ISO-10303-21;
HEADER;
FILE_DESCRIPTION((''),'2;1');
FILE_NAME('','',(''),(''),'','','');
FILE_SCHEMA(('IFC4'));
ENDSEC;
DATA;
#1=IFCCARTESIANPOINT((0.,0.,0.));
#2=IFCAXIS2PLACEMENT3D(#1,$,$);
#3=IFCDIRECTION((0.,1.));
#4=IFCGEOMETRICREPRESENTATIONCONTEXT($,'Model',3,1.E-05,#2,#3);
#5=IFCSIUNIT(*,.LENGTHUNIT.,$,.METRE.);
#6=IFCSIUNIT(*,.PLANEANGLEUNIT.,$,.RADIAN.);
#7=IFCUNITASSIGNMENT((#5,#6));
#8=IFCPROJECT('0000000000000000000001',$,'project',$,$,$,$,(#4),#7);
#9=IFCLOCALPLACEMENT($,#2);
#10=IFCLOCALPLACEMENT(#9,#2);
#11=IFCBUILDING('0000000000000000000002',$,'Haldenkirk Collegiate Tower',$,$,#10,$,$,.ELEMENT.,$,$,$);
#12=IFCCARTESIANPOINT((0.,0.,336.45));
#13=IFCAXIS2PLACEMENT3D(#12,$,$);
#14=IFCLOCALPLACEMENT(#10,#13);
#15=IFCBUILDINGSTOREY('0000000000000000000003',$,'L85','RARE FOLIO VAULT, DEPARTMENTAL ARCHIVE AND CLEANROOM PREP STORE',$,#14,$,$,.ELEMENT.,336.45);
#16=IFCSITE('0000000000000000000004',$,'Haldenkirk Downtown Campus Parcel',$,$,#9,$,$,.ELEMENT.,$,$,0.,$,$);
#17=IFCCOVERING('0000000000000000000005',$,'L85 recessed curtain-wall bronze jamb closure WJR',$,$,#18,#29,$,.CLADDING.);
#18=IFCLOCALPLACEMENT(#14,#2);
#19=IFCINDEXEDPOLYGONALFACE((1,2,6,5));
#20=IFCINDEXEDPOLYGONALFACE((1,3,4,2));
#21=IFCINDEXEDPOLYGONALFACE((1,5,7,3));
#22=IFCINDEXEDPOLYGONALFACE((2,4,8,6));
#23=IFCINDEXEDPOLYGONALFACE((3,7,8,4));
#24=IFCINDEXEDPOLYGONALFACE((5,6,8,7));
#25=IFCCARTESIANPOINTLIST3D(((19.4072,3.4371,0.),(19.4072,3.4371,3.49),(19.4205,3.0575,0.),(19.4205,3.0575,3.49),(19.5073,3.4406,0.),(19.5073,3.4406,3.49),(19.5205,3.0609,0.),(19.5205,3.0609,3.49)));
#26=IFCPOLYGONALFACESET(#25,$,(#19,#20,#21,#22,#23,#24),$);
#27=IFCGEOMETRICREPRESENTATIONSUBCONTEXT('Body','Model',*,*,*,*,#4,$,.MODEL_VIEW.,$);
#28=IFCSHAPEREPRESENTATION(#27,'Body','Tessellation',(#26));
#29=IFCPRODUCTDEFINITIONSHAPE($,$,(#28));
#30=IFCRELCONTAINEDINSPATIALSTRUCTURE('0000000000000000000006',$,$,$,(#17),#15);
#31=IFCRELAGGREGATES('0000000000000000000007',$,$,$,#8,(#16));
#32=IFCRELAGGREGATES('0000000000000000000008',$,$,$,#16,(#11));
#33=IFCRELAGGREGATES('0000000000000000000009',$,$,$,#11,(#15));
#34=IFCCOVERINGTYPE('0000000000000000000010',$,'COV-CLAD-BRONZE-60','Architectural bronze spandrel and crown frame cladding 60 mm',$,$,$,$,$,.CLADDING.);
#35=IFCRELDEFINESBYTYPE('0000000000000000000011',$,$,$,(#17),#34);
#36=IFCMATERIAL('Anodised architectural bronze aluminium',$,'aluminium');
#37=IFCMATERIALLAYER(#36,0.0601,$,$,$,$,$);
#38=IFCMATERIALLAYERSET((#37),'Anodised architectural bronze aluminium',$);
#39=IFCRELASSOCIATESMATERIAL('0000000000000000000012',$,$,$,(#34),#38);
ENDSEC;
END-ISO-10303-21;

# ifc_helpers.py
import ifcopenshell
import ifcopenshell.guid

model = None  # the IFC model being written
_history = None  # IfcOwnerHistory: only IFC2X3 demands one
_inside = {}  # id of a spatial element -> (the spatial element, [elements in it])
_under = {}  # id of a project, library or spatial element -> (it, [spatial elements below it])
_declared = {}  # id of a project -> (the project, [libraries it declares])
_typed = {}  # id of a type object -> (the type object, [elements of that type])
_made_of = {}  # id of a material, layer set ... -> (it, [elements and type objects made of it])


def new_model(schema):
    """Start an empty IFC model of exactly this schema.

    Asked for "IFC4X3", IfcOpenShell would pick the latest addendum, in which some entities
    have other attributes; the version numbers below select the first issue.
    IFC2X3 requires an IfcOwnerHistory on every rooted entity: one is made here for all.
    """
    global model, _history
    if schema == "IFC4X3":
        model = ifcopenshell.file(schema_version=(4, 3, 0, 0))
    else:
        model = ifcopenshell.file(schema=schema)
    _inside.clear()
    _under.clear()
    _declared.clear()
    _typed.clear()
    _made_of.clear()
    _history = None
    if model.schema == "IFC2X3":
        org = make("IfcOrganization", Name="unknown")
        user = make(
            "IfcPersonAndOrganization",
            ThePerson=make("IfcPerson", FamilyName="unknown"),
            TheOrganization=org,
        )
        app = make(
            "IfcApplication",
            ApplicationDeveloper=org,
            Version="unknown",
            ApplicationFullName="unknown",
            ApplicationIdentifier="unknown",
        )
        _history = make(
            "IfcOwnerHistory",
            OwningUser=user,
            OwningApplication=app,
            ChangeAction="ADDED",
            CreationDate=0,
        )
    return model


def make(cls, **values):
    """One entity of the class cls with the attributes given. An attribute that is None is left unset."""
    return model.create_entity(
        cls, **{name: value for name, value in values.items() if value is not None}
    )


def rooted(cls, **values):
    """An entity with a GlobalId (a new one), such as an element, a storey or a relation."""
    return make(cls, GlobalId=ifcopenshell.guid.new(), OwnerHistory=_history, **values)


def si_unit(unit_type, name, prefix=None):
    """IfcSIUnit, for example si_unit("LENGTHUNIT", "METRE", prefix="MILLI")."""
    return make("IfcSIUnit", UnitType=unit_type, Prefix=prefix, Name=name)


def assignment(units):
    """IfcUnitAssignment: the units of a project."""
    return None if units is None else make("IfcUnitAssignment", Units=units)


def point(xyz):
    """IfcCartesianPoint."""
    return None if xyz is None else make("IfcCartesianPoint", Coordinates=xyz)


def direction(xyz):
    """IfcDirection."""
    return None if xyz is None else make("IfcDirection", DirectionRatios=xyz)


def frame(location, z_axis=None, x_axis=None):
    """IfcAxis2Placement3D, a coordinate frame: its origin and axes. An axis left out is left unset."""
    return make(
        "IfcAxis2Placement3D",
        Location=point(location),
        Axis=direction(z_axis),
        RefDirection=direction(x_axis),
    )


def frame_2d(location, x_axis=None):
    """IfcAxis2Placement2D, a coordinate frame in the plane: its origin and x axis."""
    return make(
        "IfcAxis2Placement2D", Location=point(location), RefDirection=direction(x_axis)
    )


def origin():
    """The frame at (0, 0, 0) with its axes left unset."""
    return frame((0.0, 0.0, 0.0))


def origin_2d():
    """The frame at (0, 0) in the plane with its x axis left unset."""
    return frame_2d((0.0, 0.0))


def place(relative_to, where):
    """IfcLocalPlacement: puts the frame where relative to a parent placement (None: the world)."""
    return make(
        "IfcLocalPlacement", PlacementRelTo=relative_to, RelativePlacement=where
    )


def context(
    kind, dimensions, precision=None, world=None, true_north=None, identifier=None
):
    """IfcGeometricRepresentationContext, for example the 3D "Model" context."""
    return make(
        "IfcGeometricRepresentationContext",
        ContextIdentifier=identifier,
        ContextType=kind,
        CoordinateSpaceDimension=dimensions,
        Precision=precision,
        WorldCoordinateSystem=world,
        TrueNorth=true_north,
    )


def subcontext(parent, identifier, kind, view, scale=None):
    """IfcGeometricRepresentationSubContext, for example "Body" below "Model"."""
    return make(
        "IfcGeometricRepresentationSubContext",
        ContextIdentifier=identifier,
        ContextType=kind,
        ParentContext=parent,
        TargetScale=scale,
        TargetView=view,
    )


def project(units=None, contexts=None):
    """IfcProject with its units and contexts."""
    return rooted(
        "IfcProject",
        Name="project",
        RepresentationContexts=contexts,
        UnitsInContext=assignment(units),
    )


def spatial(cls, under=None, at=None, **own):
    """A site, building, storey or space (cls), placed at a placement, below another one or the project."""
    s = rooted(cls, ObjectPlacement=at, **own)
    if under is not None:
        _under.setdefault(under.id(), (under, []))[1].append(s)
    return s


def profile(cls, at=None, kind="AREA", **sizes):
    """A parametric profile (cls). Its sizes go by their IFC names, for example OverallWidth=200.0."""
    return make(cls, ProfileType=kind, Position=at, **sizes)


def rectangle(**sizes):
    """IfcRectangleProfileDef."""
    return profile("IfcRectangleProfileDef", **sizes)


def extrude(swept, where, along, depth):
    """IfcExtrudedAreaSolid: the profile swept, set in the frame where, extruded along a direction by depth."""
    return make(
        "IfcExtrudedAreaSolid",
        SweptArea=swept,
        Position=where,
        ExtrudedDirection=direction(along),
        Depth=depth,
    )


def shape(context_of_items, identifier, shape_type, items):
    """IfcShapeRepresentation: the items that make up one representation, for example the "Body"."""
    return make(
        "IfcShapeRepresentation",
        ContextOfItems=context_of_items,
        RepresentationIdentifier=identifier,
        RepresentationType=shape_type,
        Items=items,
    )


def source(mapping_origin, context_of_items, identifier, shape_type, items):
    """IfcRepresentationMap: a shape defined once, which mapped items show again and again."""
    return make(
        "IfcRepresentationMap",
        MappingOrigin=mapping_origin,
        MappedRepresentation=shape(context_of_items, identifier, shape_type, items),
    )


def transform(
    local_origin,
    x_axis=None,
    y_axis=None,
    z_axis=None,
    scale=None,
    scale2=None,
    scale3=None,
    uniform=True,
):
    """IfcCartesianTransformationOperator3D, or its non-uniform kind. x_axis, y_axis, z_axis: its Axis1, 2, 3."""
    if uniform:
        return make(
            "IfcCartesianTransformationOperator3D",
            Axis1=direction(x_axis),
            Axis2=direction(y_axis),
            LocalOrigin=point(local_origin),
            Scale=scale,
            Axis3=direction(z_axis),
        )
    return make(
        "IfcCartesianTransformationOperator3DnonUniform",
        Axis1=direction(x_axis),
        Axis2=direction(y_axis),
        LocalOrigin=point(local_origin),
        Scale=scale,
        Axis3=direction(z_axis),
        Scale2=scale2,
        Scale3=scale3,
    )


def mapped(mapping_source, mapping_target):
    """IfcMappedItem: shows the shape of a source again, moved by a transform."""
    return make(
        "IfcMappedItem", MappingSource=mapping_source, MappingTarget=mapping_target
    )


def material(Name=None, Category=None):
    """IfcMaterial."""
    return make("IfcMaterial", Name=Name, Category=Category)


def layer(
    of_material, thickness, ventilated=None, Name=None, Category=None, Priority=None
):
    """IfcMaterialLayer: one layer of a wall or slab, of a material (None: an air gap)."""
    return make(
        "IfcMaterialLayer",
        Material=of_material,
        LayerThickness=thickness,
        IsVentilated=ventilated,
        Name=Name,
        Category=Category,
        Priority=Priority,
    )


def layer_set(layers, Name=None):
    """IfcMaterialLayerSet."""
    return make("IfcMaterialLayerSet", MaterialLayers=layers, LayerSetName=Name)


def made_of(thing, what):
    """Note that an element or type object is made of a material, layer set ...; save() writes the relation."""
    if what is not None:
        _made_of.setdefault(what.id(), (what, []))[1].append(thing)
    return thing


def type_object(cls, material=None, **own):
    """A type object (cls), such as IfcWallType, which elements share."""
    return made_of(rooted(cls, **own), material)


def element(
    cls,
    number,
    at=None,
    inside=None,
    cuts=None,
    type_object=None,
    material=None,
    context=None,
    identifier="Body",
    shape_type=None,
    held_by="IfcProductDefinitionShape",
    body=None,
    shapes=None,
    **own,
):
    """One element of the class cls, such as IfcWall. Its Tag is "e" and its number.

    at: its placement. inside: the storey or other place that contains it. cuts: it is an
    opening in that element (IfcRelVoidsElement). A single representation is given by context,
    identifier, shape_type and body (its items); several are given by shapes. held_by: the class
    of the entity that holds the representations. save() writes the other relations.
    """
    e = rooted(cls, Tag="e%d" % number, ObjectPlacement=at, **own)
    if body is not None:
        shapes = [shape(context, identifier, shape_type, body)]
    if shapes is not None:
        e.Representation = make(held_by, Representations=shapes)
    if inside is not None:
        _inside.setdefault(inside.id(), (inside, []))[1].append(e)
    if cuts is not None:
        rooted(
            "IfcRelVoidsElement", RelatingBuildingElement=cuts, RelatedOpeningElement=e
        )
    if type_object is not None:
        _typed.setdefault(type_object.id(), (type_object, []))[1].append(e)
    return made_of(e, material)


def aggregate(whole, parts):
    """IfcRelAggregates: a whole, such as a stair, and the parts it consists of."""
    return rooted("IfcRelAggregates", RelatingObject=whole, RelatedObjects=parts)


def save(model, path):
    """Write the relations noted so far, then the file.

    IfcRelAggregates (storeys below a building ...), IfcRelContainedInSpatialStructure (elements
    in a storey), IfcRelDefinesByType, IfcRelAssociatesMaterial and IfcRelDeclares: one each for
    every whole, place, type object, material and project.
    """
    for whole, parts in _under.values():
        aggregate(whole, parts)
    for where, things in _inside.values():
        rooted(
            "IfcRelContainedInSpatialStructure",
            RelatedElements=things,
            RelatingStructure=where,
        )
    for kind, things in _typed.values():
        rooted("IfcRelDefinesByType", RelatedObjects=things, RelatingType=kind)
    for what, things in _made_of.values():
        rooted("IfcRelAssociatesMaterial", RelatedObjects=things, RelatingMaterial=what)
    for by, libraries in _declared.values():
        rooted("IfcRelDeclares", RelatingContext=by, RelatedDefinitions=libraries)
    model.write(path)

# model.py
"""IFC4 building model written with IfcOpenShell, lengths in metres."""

from ifc_helpers import new_model, si_unit, direction, frame, origin, origin_2d, place, context, subcontext, project, spatial, rectangle, extrude, source, transform, mapped, material, layer, layer_set, type_object, element, save


model = new_model("IFC4")

# Units and contexts
model_context = context("Model", 3, precision=1e-05, world=origin(), true_north=direction((0.0, 1.0)))
body_context = subcontext(model_context, "Body", "Model", "MODEL_VIEW")
ifc_project = project(units=[si_unit("LENGTHUNIT", "METRE"), si_unit("PLANEANGLEUNIT", "RADIAN")], contexts=[model_context])

# Site, building, storey
site_placement = place(None, origin())
site = spatial("IfcSite", under=ifc_project, at=site_placement, Name="Haldenkirk Downtown Campus Parcel", CompositionType="ELEMENT", RefElevation=0.0)
building_placement = place(site_placement, origin())
building = spatial("IfcBuilding", under=site, at=building_placement, Name="Haldenkirk Collegiate Tower", CompositionType="ELEMENT")
storey_placement = place(building_placement, frame((0.0, 0.0, 336.45)))
storey = spatial("IfcBuildingStorey", under=building, at=storey_placement, Name="L85", Description="RARE FOLIO VAULT, DEPARTMENTAL ARCHIVE AND CLEANROOM PREP STORE", CompositionType="ELEMENT", Elevation=336.45)

# Shared definitions
ifc_material_1 = material(Name="Anodised architectural bronze aluminium", Category="aluminium")

# Covering
ifc_layer_1 = layer(ifc_material_1, 0.0601)
ifc_layer_set_1 = layer_set([ifc_layer_1], Name="Anodised architectural bronze aluminium")
covering_type = type_object("IfcCoveringType", Name="COV-CLAD-BRONZE-60", Description="Architectural bronze spandrel and crown frame cladding 60 mm", PredefinedType="CLADDING", material=ifc_layer_set_1)
shared_shape_1 = source(origin(), body_context, "Body", "SweptSolid", [
    extrude(rectangle(XDim=0.1001, YDim=0.3799, at=origin_2d()), origin(), (0.0, 0.0, 1.0), 3.49),
])
covering_placement = place(storey_placement, frame((19.4639, 3.249, 0.0), z_axis=(0.0, 0.0, 1.0), x_axis=(-0.999391, -0.034899, 0.0)))
element("IfcCovering", 1, at=covering_placement, inside=storey, type_object=covering_type, Name="L85 recessed curtain-wall bronze jamb closure WJR", PredefinedType="CLADDING", context=body_context, shape_type="MappedRepresentation", body=[
    mapped(shared_shape_1, transform((0.0, 0.0, 0.0), x_axis=(1.0, 0.0, 0.0), y_axis=(0.0, 1.0, 0.0), z_axis=(0.0, 0.0, 1.0), scale=1.0)),
])

save(model, "model.ifc")
